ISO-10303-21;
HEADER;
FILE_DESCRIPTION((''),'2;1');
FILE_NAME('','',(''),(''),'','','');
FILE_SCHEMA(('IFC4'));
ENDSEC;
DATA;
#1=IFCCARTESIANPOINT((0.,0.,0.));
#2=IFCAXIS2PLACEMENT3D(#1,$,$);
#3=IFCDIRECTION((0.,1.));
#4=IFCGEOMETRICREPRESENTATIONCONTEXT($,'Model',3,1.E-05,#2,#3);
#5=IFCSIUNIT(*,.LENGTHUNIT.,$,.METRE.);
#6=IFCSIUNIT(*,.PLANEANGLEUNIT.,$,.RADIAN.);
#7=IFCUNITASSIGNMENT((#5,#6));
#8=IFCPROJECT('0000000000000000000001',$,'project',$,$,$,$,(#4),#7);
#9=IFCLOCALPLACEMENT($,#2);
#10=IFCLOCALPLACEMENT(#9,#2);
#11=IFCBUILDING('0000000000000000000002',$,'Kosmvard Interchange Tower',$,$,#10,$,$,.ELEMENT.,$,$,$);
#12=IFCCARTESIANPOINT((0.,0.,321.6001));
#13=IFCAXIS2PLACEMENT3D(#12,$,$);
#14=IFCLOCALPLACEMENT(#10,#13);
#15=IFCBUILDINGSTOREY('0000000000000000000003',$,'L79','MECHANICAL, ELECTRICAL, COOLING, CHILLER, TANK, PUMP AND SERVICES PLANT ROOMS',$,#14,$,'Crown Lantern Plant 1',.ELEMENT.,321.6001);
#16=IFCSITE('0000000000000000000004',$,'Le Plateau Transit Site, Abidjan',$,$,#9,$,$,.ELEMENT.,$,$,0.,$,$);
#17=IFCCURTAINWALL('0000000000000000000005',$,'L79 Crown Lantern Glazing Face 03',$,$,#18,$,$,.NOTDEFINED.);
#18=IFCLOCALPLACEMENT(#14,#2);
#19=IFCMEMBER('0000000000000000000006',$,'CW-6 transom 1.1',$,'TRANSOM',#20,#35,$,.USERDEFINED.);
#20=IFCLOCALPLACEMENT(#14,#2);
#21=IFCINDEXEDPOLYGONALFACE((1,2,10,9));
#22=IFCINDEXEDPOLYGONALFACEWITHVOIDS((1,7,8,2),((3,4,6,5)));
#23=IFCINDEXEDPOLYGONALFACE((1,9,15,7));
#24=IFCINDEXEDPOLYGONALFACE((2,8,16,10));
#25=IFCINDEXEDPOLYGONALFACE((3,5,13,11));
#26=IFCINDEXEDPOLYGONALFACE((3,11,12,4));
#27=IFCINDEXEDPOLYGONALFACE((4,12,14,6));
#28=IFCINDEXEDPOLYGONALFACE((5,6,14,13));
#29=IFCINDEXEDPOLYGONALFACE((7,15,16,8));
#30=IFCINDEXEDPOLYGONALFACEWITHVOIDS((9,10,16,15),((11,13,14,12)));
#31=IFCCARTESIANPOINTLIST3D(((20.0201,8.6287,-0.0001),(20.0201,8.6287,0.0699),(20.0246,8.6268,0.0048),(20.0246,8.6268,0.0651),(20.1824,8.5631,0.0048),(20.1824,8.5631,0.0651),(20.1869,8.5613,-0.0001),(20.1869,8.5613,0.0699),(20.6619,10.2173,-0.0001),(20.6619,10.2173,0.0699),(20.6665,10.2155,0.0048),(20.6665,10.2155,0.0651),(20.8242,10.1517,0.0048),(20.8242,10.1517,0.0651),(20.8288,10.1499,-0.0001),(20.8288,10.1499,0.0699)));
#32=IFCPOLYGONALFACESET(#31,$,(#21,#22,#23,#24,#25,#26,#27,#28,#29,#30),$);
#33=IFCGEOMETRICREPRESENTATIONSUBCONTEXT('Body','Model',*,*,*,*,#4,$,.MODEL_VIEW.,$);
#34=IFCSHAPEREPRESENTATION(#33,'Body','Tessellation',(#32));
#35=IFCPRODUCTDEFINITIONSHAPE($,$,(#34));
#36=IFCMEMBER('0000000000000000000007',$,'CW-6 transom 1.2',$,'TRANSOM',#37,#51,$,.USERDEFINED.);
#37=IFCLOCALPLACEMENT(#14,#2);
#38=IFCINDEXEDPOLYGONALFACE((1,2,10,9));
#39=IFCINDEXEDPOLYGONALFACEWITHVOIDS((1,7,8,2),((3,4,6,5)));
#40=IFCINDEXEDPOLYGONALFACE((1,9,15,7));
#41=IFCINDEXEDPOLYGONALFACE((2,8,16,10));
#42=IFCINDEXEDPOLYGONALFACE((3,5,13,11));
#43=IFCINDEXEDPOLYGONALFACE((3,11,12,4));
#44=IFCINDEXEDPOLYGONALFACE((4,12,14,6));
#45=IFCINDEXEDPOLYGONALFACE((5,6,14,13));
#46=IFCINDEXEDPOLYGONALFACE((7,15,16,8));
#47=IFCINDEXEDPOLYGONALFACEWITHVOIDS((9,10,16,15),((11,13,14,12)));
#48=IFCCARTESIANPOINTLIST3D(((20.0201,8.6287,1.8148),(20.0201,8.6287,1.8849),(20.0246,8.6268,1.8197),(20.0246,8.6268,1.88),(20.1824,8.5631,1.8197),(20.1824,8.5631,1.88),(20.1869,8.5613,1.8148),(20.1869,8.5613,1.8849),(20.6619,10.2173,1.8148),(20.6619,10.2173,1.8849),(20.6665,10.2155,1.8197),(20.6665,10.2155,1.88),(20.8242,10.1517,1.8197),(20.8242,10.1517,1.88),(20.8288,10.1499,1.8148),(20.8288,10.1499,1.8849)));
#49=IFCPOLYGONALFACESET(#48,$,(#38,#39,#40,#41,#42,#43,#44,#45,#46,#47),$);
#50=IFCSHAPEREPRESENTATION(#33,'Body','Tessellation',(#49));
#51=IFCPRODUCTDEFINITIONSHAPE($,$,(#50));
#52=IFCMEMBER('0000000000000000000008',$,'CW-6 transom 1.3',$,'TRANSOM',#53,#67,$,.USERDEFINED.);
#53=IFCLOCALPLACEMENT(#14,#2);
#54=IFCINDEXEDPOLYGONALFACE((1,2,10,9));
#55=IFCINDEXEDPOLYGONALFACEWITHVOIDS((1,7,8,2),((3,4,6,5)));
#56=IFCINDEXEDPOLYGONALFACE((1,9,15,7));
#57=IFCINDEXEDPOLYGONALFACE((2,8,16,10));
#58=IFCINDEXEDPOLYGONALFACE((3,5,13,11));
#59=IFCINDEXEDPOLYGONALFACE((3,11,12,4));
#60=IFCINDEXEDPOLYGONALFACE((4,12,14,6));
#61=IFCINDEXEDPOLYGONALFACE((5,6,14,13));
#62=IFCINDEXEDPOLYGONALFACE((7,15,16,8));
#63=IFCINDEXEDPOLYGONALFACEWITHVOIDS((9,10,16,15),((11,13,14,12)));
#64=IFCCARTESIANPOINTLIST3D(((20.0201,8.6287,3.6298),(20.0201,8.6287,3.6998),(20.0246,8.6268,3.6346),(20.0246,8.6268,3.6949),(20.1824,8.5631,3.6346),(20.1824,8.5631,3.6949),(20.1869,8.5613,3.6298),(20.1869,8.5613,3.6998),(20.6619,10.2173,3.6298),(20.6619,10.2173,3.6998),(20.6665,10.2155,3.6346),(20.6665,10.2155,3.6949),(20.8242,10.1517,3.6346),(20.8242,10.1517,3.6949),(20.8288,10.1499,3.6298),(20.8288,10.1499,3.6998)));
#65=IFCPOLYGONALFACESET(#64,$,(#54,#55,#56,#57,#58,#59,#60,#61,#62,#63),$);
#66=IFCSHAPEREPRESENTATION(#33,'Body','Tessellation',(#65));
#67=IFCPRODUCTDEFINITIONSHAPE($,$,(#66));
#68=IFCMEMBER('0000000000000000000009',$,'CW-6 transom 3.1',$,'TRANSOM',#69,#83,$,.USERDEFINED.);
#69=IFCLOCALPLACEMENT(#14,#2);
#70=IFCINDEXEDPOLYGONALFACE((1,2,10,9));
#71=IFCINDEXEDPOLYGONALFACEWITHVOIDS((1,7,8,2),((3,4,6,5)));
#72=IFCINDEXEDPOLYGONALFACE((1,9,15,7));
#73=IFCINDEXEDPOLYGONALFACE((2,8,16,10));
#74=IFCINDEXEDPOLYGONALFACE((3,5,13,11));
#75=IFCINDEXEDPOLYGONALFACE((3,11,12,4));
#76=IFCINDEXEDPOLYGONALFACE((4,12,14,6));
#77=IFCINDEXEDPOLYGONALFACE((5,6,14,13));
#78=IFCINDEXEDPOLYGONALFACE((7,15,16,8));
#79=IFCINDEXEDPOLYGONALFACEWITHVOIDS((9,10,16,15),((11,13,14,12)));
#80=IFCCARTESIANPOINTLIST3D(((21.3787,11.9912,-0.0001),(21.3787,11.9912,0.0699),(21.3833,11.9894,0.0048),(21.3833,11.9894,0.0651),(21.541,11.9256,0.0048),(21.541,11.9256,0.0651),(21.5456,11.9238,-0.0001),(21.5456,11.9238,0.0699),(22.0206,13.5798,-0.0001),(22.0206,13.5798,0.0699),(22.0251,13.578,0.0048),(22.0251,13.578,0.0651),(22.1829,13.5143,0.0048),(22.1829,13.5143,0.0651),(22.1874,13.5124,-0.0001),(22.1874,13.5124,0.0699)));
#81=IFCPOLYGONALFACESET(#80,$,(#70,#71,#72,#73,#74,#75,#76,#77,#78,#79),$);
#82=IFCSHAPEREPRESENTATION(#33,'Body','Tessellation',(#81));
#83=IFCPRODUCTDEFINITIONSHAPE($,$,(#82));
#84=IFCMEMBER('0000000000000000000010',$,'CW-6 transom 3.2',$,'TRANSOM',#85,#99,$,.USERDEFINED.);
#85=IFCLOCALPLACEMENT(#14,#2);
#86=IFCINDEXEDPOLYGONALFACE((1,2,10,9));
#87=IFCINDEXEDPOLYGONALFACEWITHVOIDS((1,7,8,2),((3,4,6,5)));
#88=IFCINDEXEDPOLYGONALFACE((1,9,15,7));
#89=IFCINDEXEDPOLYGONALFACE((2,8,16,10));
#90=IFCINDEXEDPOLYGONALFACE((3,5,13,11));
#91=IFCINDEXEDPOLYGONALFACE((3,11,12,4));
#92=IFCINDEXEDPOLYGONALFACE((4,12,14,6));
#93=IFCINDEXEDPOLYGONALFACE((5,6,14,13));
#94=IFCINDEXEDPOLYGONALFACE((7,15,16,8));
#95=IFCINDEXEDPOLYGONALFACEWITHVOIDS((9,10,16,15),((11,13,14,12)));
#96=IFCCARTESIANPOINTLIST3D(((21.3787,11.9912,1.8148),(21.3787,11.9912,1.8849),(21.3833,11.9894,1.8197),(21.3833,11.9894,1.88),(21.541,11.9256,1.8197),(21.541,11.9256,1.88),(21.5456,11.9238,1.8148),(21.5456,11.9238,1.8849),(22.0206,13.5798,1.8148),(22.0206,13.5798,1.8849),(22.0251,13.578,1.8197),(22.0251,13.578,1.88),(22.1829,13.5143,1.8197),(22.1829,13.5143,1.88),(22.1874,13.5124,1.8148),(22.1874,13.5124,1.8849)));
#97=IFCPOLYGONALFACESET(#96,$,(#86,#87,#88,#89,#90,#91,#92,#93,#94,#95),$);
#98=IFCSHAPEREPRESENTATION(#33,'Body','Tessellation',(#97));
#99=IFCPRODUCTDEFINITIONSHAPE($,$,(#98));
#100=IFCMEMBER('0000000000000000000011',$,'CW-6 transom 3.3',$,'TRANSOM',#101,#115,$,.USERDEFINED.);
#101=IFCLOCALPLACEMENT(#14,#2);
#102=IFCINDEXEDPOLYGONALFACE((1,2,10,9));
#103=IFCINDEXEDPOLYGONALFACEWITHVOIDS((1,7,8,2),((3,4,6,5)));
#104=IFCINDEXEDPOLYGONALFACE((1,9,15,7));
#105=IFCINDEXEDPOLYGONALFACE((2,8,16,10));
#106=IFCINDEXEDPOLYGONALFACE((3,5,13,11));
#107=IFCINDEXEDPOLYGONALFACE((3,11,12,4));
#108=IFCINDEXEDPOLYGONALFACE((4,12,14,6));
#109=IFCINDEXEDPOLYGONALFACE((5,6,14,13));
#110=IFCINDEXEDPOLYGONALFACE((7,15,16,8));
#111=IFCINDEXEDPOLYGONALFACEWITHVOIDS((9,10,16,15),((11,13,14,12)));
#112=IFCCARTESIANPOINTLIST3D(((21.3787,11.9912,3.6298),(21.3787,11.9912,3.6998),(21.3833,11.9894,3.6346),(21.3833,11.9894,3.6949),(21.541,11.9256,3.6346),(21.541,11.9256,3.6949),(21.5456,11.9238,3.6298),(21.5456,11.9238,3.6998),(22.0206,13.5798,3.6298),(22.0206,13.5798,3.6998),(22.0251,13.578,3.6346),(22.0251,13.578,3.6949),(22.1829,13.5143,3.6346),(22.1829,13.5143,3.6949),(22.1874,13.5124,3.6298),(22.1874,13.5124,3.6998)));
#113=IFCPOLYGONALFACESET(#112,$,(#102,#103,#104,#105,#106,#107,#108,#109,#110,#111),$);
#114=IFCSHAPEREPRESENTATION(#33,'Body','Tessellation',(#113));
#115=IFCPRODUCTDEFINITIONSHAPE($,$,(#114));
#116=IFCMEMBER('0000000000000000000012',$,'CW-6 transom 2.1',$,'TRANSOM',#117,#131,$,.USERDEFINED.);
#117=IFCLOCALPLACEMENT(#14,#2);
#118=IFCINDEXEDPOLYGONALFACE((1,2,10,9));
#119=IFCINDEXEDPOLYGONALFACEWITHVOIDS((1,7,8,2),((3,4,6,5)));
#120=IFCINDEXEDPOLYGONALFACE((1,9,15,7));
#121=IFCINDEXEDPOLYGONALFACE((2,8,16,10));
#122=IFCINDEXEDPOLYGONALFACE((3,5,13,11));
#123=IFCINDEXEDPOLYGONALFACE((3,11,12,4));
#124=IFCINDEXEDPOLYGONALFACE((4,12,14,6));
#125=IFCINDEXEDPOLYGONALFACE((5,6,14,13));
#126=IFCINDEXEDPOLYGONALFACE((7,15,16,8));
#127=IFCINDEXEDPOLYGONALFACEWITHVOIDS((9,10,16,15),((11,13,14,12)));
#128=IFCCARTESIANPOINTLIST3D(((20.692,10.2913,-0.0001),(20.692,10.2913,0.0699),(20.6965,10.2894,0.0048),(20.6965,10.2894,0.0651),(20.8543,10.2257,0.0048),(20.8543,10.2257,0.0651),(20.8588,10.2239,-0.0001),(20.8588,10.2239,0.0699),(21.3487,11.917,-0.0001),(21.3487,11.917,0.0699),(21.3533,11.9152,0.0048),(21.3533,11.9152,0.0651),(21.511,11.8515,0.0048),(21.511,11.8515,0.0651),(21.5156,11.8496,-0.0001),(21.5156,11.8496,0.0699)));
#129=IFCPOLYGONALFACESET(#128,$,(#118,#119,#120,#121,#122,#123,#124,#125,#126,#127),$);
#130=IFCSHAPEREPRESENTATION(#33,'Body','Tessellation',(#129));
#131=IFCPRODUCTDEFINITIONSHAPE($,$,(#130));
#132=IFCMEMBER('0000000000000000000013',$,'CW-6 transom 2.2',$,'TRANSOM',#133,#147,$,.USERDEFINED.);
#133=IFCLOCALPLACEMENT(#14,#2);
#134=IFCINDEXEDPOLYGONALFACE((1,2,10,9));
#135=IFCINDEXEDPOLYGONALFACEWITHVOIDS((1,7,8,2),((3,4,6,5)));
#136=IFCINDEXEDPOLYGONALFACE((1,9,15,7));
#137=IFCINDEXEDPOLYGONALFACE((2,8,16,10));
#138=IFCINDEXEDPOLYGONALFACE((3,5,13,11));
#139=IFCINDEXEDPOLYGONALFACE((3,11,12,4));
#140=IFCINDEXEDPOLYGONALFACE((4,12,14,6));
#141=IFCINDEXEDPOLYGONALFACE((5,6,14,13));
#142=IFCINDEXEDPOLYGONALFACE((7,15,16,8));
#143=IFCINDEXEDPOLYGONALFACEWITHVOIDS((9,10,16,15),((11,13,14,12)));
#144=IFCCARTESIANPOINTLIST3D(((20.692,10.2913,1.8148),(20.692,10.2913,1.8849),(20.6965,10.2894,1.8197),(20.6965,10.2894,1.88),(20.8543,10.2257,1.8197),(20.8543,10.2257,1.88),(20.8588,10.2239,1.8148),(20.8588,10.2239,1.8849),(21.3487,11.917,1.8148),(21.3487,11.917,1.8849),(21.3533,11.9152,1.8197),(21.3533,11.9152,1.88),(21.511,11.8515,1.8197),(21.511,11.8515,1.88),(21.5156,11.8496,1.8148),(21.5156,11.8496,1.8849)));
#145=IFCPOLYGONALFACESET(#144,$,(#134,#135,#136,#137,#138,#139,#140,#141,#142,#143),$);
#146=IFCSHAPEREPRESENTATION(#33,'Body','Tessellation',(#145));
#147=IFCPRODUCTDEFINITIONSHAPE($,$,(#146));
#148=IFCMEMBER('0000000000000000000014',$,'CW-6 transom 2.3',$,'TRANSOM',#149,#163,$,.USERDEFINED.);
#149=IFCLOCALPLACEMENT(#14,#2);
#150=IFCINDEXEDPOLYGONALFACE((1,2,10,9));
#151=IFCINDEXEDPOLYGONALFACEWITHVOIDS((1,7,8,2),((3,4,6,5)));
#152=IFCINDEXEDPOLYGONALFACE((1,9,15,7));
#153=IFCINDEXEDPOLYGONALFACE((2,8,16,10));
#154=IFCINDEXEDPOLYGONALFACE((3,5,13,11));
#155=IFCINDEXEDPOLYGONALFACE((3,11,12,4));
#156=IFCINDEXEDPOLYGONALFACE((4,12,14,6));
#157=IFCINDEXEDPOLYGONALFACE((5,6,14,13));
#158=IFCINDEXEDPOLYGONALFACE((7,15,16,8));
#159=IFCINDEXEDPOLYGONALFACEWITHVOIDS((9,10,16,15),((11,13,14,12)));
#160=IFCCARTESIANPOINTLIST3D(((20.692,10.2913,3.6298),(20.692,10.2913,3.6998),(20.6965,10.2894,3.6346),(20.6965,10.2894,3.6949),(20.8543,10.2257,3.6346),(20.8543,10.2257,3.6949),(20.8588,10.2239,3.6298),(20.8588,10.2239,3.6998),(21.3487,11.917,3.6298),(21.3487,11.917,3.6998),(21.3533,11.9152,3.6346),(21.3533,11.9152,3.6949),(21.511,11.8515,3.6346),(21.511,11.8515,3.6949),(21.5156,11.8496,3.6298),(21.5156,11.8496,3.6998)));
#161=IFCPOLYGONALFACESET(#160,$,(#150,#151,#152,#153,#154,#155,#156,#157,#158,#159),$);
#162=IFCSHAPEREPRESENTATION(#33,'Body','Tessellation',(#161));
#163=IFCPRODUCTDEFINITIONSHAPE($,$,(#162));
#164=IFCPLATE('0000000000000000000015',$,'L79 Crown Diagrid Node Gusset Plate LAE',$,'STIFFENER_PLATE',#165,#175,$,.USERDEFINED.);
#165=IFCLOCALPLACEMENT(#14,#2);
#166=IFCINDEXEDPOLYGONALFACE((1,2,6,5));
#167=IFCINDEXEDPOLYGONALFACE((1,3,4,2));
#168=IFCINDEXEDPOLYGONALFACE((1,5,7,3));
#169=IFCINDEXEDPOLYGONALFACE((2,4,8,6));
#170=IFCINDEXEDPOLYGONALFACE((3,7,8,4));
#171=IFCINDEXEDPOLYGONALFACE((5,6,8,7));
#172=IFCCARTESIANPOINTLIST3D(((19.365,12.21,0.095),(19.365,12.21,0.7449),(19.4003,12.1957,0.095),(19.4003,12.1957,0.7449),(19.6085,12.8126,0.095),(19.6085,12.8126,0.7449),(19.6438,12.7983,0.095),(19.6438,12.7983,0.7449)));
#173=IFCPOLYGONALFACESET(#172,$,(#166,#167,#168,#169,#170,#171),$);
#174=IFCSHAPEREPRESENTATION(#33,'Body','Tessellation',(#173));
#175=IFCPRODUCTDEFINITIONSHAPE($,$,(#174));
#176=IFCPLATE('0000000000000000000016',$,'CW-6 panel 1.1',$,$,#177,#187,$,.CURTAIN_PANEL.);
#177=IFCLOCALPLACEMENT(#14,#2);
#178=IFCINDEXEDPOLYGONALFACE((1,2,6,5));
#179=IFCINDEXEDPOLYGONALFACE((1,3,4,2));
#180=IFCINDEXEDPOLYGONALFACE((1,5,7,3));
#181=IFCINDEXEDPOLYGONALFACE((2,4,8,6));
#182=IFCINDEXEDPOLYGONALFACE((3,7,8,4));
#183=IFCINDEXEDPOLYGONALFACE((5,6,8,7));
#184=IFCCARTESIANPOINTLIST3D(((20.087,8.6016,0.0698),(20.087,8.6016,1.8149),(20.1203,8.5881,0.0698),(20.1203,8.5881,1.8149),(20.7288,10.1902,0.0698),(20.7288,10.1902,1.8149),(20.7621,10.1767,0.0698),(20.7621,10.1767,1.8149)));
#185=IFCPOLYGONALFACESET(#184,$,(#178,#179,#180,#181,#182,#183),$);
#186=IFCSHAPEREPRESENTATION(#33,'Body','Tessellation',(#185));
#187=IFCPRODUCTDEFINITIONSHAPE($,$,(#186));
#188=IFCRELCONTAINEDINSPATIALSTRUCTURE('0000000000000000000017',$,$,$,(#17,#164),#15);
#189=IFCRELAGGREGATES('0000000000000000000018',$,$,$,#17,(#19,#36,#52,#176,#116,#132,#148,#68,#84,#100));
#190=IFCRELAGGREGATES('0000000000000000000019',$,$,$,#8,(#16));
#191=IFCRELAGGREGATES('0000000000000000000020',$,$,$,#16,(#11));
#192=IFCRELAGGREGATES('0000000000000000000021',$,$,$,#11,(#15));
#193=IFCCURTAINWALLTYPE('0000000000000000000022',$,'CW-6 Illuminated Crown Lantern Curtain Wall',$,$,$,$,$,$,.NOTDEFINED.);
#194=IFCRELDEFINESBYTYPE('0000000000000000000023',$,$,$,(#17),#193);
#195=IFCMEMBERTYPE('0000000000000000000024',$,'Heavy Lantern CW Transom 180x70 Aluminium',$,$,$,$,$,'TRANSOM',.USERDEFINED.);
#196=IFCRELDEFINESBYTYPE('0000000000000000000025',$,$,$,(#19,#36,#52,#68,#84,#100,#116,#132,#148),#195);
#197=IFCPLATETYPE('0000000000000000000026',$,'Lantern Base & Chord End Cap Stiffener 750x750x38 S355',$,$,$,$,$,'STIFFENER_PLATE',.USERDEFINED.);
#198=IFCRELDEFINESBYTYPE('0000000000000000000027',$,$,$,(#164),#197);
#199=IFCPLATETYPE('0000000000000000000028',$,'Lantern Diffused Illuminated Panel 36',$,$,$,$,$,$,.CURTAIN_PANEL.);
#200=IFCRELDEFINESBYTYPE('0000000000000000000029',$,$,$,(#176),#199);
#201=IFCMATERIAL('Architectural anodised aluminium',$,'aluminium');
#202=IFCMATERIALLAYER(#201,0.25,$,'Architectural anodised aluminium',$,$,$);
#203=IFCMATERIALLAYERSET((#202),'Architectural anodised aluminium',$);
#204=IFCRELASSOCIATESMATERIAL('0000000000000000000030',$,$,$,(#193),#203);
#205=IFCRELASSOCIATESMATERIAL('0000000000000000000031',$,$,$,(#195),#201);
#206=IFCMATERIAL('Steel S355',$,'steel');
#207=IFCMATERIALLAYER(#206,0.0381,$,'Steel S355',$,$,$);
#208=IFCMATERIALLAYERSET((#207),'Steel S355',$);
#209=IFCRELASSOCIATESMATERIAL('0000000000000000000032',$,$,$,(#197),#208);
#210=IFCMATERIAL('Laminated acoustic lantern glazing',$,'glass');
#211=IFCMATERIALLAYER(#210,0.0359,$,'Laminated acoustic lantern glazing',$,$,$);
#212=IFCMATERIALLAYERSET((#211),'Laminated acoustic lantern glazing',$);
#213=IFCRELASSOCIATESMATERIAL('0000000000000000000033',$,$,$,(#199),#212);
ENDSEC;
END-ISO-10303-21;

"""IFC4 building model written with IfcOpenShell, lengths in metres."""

from ifc_helpers import new_model, si_unit, direction, frame, origin, origin_2d, place, context, subcontext, project, spatial, rectangle, hollow_rectangle, extrude, source, transform, mapped, material, layer, layer_set, material_profile, profile_set, type_object, element, aggregate, save


model = new_model("IFC4")

# Units and contexts
model_context = context("Model", 3, precision=1e-05, world=origin(), true_north=direction((0.0, 1.0)))
body_context = subcontext(model_context, "Body", "Model", "MODEL_VIEW")
ifc_project = project(units=[si_unit("LENGTHUNIT", "METRE"), si_unit("PLANEANGLEUNIT", "RADIAN")], contexts=[model_context])

# Site, building, storey
site_placement = place(None, origin())
site = spatial("IfcSite", under=ifc_project, at=site_placement, Name="Le Plateau Transit Site, Abidjan", CompositionType="ELEMENT", RefElevation=0.0)
building_placement = place(site_placement, origin())
building = spatial("IfcBuilding", under=site, at=building_placement, Name="Kosmvard Interchange Tower", CompositionType="ELEMENT")
storey_placement = place(building_placement, frame((0.0, 0.0, 321.6001)))
storey = spatial("IfcBuildingStorey", under=building, at=storey_placement, Name="L79", Description="MECHANICAL, ELECTRICAL, COOLING, CHILLER, TANK, PUMP AND SERVICES PLANT ROOMS", LongName="Crown Lantern Plant 1", CompositionType="ELEMENT", Elevation=321.6001)

# Shared definitions
ifc_material_1 = material(Name="Steel S355", Category="steel")

# Curtain wall, members
ifc_material_2 = material(Name="Architectural anodised aluminium", Category="aluminium")
ifc_layer_1 = layer(ifc_material_2, 0.25, Name="Architectural anodised aluminium")
ifc_layer_set_1 = layer_set([ifc_layer_1], Name="Architectural anodised aluminium")
curtain_wall_type = type_object("IfcCurtainWallType", Name="CW-6 Illuminated Crown Lantern Curtain Wall", PredefinedType="NOTDEFINED", material=ifc_layer_set_1)
curtain_wall_placement = place(storey_placement, origin())
curtain_wall = element("IfcCurtainWall", 1, at=curtain_wall_placement, inside=storey, type_object=curtain_wall_type, Name="L79 Crown Lantern Glazing Face 03", PredefinedType="NOTDEFINED")
ifc_material_profile_1 = material_profile(ifc_material_2, hollow_rectangle(XDim=0.1799, YDim=0.0701, WallThickness=0.0049, at=origin_2d()), Name="CWT 180x70x5")
ifc_profile_set_1 = profile_set([ifc_material_profile_1], Name="Architectural anodised aluminium")
member_type_1 = type_object("IfcMemberType", Name="Heavy Lantern CW Transom 180x70 Aluminium", ElementType="TRANSOM", PredefinedType="USERDEFINED", material=ifc_profile_set_1)
shared_shape_1 = source(origin(), body_context, "Body", "SweptSolid", [
    extrude(hollow_rectangle(XDim=0.1799, YDim=0.0701, WallThickness=0.0049, at=origin_2d()), origin(), (0.0, 0.0, 1.0), 1.7134),
])
member_1_placement = place(storey_placement, frame((20.1035, 8.595, 0.0349), z_axis=(0.374607, 0.927184, 0.0), x_axis=(-0.927184, 0.374607, 0.0)))
member_1 = element("IfcMember", 2, at=member_1_placement, type_object=member_type_1, Name="CW-6 transom 1.1", ObjectType="TRANSOM", PredefinedType="USERDEFINED", context=body_context, shape_type="MappedRepresentation", body=[
    mapped(shared_shape_1, transform((0.0, 0.0, 0.0), scale=1.0)),
])
member_2_placement = place(storey_placement, frame((20.1035, 8.595, 1.8499), z_axis=(0.374607, 0.927184, 0.0), x_axis=(-0.927184, 0.374607, 0.0)))
member_2 = element("IfcMember", 3, at=member_2_placement, type_object=member_type_1, Name="CW-6 transom 1.2", ObjectType="TRANSOM", PredefinedType="USERDEFINED", context=body_context, shape_type="MappedRepresentation", body=[
    mapped(shared_shape_1, transform((0.0, 0.0, 0.0), scale=1.0)),
])
member_3_placement = place(storey_placement, frame((20.1035, 8.595, 3.6648), z_axis=(0.374607, 0.927184, 0.0), x_axis=(-0.927184, 0.374607, 0.0)))
member_3 = element("IfcMember", 4, at=member_3_placement, type_object=member_type_1, Name="CW-6 transom 1.3", ObjectType="TRANSOM", PredefinedType="USERDEFINED", context=body_context, shape_type="MappedRepresentation", body=[
    mapped(shared_shape_1, transform((0.0, 0.0, 0.0), scale=1.0)),
])
member_4_placement = place(storey_placement, frame((21.4622, 11.9575, 0.0349), z_axis=(0.374607, 0.927184, 0.0), x_axis=(-0.927184, 0.374607, 0.0)))
member_4 = element("IfcMember", 5, at=member_4_placement, type_object=member_type_1, Name="CW-6 transom 3.1", ObjectType="TRANSOM", PredefinedType="USERDEFINED", context=body_context, shape_type="MappedRepresentation", body=[
    mapped(shared_shape_1, transform((0.0, 0.0, 0.0), scale=1.0)),
])
member_5_placement = place(storey_placement, frame((21.4622, 11.9575, 1.8499), z_axis=(0.374607, 0.927184, 0.0), x_axis=(-0.927184, 0.374607, 0.0)))
member_5 = element("IfcMember", 6, at=member_5_placement, type_object=member_type_1, Name="CW-6 transom 3.2", ObjectType="TRANSOM", PredefinedType="USERDEFINED", context=body_context, shape_type="MappedRepresentation", body=[
    mapped(shared_shape_1, transform((0.0, 0.0, 0.0), scale=1.0)),
])
member_6_placement = place(storey_placement, frame((21.4622, 11.9575, 3.6648), z_axis=(0.374607, 0.927184, 0.0), x_axis=(-0.927184, 0.374607, 0.0)))
member_6 = element("IfcMember", 7, at=member_6_placement, type_object=member_type_1, Name="CW-6 transom 3.3", ObjectType="TRANSOM", PredefinedType="USERDEFINED", context=body_context, shape_type="MappedRepresentation", body=[
    mapped(shared_shape_1, transform((0.0, 0.0, 0.0), scale=1.0)),
])
shared_shape_2 = source(origin(), body_context, "Body", "SweptSolid", [
    extrude(hollow_rectangle(XDim=0.1799, YDim=0.0701, WallThickness=0.0049, at=origin_2d()), origin(), (0.0, 0.0, 1.0), 1.7534),
])
member_7_placement = place(storey_placement, frame((20.7754, 10.2576, 0.0349), z_axis=(0.374557, 0.927204, 0.0), x_axis=(-0.927204, 0.374557, 0.0)))
member_7 = element("IfcMember", 8, at=member_7_placement, type_object=member_type_1, Name="CW-6 transom 2.1", ObjectType="TRANSOM", PredefinedType="USERDEFINED", context=body_context, shape_type="MappedRepresentation", body=[
    mapped(shared_shape_2, transform((0.0, 0.0, 0.0), scale=1.0)),
])
member_8_placement = place(storey_placement, frame((20.7754, 10.2576, 1.8499), z_axis=(0.374557, 0.927204, 0.0), x_axis=(-0.927204, 0.374557, 0.0)))
member_8 = element("IfcMember", 9, at=member_8_placement, type_object=member_type_1, Name="CW-6 transom 2.2", ObjectType="TRANSOM", PredefinedType="USERDEFINED", context=body_context, shape_type="MappedRepresentation", body=[
    mapped(shared_shape_2, transform((0.0, 0.0, 0.0), scale=1.0)),
])
member_9_placement = place(storey_placement, frame((20.7754, 10.2576, 3.6648), z_axis=(0.374557, 0.927204, 0.0), x_axis=(-0.927204, 0.374557, 0.0)))
member_9 = element("IfcMember", 10, at=member_9_placement, type_object=member_type_1, Name="CW-6 transom 2.3", ObjectType="TRANSOM", PredefinedType="USERDEFINED", context=body_context, shape_type="MappedRepresentation", body=[
    mapped(shared_shape_2, transform((0.0, 0.0, 0.0), scale=1.0)),
])

# Plates
ifc_layer_2 = layer(ifc_material_1, 0.0381, Name="Steel S355")
ifc_layer_set_2 = layer_set([ifc_layer_2], Name="Steel S355")
plate_type_1 = type_object("IfcPlateType", Name="Lantern Base & Chord End Cap Stiffener 750x750x38 S355", ElementType="STIFFENER_PLATE", PredefinedType="USERDEFINED", material=ifc_layer_set_2)
shared_shape_3 = source(origin(), body_context, "Body", "SweptSolid", [
    extrude(rectangle(XDim=0.6499, YDim=0.0381, at=origin_2d()), origin(), (0.0, 0.0, 1.0), 0.6499),
])
plate_1_placement = place(storey_placement, frame((19.5044, 12.5042, 0.095), z_axis=(0.0, 0.0, 1.0), x_axis=(0.374607, 0.927184, 0.0)))
element("IfcPlate", 11, at=plate_1_placement, inside=storey, type_object=plate_type_1, Name="L79 Crown Diagrid Node Gusset Plate LAE", ObjectType="STIFFENER_PLATE", PredefinedType="USERDEFINED", context=body_context, shape_type="MappedRepresentation", body=[
    mapped(shared_shape_3, transform((0.0, 0.0, 0.0), scale=1.0)),
])
ifc_material_3 = material(Name="Laminated acoustic lantern glazing", Category="glass")
ifc_layer_3 = layer(ifc_material_3, 0.0359, Name="Laminated acoustic lantern glazing")
ifc_layer_set_3 = layer_set([ifc_layer_3], Name="Laminated acoustic lantern glazing")
plate_type_2 = type_object("IfcPlateType", Name="Lantern Diffused Illuminated Panel 36", PredefinedType="CURTAIN_PANEL", material=ifc_layer_set_3)
shared_shape_4 = source(origin(), body_context, "Body", "SweptSolid", [
    extrude(rectangle(XDim=1.7134, YDim=0.0359, at=origin_2d()), origin(), (0.0, 0.0, 1.0), 1.7451),
])
plate_2_placement = place(storey_placement, frame((20.4246, 9.3892, 0.0698), z_axis=(0.0, 0.0, 1.0), x_axis=(0.374607, 0.927184, 0.0)))
plate_2 = element("IfcPlate", 12, at=plate_2_placement, type_object=plate_type_2, Name="CW-6 panel 1.1", PredefinedType="CURTAIN_PANEL", context=body_context, shape_type="MappedRepresentation", body=[
    mapped(shared_shape_4, transform((0.0, 0.0, 0.0), scale=1.0)),
])
aggregate(curtain_wall, [member_1, member_2, member_3, plate_2, member_7, member_8, member_9, member_4, member_5, member_6])

save(model, "model.ifc")
